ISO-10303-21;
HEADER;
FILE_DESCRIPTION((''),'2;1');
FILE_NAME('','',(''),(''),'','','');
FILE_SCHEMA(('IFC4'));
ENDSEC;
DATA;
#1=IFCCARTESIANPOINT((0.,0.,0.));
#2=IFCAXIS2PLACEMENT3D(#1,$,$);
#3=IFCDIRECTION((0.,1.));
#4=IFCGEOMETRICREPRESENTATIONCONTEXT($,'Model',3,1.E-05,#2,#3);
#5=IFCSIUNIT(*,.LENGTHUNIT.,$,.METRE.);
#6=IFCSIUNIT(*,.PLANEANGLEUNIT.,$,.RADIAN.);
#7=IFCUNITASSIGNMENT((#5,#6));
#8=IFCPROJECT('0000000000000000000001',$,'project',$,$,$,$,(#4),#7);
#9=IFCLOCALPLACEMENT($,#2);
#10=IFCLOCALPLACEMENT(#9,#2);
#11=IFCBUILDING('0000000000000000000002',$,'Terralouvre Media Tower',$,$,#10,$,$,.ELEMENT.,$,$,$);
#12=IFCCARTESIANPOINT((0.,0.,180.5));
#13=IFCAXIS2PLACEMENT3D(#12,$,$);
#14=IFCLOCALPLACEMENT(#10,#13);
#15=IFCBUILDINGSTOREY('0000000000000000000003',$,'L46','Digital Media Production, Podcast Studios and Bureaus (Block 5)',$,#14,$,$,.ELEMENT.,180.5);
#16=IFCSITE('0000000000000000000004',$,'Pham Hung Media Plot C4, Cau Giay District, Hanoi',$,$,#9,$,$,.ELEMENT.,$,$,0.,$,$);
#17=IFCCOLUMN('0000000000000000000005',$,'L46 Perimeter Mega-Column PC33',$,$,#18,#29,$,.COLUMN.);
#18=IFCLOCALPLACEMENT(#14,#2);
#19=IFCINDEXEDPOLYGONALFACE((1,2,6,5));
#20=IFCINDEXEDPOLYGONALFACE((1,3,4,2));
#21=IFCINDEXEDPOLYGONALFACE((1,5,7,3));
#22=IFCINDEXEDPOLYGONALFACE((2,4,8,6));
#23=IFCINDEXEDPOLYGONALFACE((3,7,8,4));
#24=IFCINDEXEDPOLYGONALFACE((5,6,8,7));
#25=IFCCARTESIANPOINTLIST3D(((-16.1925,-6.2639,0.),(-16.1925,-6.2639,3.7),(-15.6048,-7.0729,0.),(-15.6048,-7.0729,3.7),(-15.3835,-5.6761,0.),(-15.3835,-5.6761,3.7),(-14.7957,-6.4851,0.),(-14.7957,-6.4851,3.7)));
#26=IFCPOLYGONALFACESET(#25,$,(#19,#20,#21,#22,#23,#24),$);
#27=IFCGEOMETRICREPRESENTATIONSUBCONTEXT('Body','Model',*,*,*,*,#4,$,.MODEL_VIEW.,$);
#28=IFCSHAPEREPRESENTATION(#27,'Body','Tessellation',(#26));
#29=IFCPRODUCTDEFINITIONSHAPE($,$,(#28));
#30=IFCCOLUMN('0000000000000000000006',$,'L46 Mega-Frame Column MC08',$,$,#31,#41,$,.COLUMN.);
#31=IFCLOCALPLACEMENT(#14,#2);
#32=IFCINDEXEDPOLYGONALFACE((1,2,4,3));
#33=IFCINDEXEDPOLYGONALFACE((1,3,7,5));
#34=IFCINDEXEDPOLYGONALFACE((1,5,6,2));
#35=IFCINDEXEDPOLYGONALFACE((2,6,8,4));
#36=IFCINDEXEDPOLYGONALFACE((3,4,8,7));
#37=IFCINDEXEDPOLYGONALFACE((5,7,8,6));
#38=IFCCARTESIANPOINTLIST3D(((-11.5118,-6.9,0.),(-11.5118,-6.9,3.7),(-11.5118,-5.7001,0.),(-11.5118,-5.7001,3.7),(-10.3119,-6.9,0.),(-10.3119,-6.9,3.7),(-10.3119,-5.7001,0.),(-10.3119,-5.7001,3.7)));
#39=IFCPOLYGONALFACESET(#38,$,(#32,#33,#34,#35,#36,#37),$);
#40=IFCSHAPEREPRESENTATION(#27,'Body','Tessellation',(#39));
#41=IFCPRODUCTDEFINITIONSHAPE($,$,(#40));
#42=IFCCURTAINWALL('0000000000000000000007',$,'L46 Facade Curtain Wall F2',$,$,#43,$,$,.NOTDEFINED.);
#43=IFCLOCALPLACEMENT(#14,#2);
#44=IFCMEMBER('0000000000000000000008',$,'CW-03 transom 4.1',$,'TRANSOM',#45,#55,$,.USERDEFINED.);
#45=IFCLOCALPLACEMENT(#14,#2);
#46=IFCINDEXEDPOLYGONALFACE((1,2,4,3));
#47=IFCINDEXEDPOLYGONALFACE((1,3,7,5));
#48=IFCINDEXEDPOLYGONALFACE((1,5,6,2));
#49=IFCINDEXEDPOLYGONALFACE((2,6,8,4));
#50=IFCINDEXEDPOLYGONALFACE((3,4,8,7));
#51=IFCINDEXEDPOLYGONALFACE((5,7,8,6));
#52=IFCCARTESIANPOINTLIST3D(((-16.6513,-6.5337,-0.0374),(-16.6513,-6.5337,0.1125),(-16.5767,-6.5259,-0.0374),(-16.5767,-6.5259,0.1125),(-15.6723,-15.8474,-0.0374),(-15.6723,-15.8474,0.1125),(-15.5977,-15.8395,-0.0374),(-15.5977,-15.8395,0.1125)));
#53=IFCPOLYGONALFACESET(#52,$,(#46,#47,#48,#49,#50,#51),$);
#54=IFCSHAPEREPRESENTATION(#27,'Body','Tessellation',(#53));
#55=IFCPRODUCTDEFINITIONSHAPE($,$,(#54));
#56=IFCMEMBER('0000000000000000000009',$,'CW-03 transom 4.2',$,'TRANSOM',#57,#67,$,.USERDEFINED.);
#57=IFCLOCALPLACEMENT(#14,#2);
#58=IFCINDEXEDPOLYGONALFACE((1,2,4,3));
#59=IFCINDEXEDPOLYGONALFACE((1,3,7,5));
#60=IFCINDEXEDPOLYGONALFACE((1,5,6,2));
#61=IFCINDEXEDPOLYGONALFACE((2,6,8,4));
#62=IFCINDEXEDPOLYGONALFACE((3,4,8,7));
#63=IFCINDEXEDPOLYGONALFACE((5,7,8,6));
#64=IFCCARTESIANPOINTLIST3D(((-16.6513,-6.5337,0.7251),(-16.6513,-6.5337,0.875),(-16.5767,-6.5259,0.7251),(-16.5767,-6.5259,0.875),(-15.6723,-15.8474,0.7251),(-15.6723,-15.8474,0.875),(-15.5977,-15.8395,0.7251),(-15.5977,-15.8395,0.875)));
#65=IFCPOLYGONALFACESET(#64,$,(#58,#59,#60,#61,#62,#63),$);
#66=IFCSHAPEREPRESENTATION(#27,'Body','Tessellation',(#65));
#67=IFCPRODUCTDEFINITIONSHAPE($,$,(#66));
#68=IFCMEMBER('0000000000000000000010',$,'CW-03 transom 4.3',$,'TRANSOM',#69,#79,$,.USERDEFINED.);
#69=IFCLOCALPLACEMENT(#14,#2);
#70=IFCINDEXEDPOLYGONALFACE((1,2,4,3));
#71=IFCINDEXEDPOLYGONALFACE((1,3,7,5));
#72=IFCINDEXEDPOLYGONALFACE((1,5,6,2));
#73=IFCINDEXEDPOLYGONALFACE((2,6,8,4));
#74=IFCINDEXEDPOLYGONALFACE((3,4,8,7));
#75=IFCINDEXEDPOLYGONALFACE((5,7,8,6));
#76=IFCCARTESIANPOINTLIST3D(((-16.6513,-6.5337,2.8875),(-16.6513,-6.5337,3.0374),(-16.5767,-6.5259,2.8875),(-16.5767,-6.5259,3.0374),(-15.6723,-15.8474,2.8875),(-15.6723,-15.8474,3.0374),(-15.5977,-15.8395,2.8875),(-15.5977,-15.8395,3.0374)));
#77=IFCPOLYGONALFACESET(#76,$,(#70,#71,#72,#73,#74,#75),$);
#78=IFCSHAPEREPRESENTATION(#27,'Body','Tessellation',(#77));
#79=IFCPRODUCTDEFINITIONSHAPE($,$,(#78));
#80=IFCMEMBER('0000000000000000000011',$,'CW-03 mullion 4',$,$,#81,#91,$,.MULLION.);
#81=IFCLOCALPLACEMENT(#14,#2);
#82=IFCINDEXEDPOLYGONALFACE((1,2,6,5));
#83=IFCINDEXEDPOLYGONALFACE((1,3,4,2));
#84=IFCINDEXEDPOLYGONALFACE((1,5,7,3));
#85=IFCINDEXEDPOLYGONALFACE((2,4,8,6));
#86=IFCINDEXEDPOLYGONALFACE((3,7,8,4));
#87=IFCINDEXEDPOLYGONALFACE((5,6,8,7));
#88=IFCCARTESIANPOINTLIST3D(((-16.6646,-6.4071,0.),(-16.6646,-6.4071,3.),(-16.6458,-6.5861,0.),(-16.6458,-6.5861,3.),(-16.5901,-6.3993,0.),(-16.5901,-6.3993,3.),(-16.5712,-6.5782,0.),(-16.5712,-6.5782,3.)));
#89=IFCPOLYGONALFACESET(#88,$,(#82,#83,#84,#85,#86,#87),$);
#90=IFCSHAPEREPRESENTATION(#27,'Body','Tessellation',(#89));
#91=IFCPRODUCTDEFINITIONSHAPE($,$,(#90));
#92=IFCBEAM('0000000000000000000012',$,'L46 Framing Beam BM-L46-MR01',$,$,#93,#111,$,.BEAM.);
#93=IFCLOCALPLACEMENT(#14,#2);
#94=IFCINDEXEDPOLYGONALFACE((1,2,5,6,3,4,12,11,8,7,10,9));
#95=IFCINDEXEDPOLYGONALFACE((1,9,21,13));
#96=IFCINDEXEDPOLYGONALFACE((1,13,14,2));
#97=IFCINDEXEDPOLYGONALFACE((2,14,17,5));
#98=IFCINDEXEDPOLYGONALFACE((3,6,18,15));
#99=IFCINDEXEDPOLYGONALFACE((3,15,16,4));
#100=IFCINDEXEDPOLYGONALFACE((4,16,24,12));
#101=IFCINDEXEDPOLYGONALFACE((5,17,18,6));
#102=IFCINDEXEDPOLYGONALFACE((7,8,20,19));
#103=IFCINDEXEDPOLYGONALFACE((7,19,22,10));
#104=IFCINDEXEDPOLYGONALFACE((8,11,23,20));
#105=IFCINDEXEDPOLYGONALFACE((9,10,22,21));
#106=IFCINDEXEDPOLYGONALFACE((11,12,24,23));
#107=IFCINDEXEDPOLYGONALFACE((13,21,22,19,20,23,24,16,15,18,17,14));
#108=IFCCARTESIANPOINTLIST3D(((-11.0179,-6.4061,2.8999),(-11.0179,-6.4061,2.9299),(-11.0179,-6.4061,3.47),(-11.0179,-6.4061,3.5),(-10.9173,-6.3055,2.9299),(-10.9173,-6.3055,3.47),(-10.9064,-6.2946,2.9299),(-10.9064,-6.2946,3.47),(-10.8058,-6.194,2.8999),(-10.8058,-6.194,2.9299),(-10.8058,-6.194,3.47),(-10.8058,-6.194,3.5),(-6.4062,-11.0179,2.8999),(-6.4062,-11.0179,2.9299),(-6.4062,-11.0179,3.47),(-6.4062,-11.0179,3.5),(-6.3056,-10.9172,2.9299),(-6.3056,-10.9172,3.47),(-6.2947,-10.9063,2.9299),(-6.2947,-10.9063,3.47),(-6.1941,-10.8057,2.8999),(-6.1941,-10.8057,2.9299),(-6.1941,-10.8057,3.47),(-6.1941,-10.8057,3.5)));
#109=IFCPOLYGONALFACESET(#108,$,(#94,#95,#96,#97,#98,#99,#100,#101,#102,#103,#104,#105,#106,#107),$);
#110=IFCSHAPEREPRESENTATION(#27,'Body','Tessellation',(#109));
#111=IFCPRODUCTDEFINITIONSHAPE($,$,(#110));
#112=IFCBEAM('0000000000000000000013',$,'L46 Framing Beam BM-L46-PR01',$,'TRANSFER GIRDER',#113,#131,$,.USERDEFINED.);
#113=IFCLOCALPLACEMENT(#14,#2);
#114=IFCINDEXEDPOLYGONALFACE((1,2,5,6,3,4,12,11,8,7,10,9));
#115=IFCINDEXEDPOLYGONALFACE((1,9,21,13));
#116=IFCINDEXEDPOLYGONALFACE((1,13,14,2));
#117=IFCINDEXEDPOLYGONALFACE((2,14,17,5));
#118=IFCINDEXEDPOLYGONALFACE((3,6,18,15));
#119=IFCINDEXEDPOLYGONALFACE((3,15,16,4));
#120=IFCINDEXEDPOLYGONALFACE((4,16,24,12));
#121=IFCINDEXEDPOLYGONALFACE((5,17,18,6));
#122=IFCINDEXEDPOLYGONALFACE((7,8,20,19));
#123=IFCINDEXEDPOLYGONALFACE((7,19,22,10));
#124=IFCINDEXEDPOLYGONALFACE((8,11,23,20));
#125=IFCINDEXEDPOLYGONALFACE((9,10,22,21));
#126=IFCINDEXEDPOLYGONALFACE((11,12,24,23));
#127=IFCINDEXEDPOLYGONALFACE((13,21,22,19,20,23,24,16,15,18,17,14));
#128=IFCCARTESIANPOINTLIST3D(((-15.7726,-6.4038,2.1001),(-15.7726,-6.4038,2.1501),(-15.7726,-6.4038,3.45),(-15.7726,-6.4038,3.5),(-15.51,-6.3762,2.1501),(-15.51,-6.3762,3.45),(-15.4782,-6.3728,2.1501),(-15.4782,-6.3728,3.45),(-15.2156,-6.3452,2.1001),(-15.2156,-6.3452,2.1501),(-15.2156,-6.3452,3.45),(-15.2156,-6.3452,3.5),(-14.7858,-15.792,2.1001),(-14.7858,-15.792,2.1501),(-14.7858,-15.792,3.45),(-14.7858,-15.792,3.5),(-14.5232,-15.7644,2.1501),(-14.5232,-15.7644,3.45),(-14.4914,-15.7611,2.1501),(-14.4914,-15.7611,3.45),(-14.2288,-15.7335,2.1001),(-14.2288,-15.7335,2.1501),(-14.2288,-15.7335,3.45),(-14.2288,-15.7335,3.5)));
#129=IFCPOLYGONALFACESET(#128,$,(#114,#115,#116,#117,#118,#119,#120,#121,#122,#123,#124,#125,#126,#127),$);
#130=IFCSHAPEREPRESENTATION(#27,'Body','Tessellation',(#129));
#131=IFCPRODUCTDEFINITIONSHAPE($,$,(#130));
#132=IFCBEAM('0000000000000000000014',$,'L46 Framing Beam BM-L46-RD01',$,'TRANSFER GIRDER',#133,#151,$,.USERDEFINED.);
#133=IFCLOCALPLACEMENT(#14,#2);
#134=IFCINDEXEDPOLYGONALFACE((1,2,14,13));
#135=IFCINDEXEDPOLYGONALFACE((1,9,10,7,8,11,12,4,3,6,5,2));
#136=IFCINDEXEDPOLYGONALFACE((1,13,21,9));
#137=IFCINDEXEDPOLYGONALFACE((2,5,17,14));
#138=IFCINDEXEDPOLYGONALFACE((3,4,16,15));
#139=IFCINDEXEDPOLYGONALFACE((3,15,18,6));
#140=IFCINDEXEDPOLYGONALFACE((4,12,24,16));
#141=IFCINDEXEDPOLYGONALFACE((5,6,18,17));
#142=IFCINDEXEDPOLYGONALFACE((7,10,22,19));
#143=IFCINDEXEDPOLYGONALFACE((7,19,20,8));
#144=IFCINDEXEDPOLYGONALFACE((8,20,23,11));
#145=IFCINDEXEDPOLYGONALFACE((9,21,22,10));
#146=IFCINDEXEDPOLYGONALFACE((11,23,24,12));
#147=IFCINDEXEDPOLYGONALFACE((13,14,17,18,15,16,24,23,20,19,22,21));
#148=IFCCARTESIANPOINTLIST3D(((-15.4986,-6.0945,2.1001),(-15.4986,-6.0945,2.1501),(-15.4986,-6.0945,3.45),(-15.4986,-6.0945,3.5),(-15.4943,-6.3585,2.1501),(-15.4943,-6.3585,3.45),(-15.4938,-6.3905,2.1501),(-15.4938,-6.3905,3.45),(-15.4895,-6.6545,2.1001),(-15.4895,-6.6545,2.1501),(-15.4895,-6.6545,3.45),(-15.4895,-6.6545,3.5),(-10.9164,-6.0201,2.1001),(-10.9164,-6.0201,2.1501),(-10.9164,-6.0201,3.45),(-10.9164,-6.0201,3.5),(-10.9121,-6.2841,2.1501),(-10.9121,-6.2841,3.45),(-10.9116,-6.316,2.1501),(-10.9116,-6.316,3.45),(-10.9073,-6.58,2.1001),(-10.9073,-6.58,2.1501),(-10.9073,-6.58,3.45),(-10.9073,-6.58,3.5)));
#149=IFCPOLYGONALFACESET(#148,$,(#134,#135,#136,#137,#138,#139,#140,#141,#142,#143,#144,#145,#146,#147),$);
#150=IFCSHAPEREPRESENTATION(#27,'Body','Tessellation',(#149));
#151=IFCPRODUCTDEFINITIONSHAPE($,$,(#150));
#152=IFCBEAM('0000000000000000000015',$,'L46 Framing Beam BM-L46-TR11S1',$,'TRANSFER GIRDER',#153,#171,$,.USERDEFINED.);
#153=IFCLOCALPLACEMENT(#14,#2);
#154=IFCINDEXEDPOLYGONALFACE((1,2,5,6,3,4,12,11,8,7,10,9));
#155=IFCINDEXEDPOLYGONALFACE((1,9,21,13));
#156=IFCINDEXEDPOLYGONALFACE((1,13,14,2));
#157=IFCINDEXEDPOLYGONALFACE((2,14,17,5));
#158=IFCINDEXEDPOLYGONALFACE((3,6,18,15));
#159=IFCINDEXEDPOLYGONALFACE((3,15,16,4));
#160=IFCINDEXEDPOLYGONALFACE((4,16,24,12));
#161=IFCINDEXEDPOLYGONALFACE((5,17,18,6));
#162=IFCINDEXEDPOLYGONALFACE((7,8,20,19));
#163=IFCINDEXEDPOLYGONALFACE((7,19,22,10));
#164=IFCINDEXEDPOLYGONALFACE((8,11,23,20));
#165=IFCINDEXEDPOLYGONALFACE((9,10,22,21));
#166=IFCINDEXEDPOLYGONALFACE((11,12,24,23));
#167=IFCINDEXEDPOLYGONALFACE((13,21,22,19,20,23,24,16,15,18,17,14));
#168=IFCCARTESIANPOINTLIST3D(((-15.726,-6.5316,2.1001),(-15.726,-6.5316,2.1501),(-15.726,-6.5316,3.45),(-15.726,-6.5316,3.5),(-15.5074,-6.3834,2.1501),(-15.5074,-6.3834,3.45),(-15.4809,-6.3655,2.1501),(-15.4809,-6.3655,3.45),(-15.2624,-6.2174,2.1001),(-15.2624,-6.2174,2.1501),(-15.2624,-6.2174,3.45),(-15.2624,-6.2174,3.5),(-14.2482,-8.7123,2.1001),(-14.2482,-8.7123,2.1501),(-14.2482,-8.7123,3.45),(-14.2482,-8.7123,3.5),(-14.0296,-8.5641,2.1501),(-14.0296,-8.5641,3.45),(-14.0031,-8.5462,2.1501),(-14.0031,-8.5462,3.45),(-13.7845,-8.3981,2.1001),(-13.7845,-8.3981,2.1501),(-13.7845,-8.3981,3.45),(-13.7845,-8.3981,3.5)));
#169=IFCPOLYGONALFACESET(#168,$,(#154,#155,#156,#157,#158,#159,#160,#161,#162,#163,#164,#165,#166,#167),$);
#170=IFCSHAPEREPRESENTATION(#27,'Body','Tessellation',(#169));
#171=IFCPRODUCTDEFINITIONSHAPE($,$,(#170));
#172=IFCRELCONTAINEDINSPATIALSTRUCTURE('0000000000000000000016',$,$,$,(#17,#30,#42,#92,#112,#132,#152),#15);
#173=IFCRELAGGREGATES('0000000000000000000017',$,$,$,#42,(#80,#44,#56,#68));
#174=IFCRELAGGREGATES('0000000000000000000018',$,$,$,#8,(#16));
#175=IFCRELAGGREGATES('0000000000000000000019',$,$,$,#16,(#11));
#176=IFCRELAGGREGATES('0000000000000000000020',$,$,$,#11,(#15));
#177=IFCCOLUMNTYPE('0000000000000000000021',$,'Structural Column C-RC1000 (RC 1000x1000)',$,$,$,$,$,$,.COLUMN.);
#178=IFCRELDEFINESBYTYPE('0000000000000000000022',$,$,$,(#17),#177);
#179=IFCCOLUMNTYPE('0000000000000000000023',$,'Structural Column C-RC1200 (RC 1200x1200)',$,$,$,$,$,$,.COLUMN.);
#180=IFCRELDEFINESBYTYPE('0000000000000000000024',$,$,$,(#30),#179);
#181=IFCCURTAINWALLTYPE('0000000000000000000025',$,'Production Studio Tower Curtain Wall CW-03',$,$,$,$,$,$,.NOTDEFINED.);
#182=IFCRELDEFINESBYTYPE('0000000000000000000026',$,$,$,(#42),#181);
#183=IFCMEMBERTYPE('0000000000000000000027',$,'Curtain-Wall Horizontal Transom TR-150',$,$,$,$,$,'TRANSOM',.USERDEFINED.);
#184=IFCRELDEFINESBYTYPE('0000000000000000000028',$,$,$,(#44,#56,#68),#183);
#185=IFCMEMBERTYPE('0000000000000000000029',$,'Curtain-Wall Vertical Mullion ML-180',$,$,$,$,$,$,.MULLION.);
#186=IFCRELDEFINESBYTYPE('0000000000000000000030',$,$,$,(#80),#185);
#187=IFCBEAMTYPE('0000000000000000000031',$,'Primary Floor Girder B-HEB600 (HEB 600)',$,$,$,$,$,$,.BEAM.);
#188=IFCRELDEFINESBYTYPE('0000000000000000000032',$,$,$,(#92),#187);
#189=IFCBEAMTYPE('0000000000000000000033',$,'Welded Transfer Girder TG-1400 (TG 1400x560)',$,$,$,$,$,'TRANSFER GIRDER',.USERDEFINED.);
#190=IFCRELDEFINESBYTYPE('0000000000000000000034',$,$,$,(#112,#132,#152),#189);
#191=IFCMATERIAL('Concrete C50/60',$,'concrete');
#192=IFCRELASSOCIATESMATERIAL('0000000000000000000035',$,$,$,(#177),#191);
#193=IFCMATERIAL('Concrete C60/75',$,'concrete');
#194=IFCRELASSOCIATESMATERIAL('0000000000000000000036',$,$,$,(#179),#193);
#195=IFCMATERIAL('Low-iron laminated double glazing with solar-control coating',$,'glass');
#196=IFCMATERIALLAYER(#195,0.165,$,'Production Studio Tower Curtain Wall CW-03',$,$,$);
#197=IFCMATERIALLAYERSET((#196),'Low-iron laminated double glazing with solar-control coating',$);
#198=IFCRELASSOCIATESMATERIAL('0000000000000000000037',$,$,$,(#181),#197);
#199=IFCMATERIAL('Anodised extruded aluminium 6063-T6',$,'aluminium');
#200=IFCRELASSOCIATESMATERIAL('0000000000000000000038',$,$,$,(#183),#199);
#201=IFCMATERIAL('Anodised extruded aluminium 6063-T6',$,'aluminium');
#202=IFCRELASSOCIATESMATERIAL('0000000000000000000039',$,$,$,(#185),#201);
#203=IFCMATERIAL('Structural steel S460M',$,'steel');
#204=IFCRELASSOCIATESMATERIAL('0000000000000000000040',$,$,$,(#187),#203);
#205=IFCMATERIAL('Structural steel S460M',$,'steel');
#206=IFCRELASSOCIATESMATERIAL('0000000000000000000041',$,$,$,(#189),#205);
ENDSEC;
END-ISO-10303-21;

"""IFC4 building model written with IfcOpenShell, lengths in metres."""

from ifc_helpers import new_model, si_unit, direction, frame, origin, origin_2d, place, context, subcontext, project, spatial, rectangle, i_section, extrude, material, layer, layer_set, material_profile, profile_set, type_object, element, aggregate, save


model = new_model("IFC4")

# Units and contexts
model_context = context("Model", 3, precision=1e-05, world=origin(), true_north=direction((0.0, 1.0)))
body_context = subcontext(model_context, "Body", "Model", "MODEL_VIEW")
ifc_project = project(units=[si_unit("LENGTHUNIT", "METRE"), si_unit("PLANEANGLEUNIT", "RADIAN")], contexts=[model_context])

# Site, building, storey
site_placement = place(None, origin())
site = spatial("IfcSite", under=ifc_project, at=site_placement, Name="Pham Hung Media Plot C4, Cau Giay District, Hanoi", CompositionType="ELEMENT", RefElevation=0.0)
building_placement = place(site_placement, origin())
building = spatial("IfcBuilding", under=site, at=building_placement, Name="Terralouvre Media Tower", CompositionType="ELEMENT")
storey_placement = place(building_placement, frame((0.0, 0.0, 180.5)))
storey = spatial("IfcBuildingStorey", under=building, at=storey_placement, Name="L46", Description="Digital Media Production, Podcast Studios and Bureaus (Block 5)", CompositionType="ELEMENT", Elevation=180.5)

# Columns
ifc_material_1 = material(Name="Concrete C50/60", Category="concrete")
ifc_material_profile_1 = material_profile(ifc_material_1, rectangle(XDim=1.0, YDim=1.0, at=origin_2d()), Name="RC 1000x1000")
ifc_profile_set_1 = profile_set([ifc_material_profile_1], Name="Concrete C50/60")
column_type_1 = type_object("IfcColumnType", Name="Structural Column C-RC1000 (RC 1000x1000)", PredefinedType="COLUMN", material=ifc_profile_set_1)
column_1_placement = place(storey_placement, frame((-15.4941, -6.3745, 0.0), z_axis=(0.0, 0.0, 1.0), x_axis=(0.809017, 0.587785, 0.0)))
element("IfcColumn", 1, at=column_1_placement, inside=storey, type_object=column_type_1, Name="L46 Perimeter Mega-Column PC33", PredefinedType="COLUMN", context=body_context, shape_type="SweptSolid", body=[
    extrude(rectangle(XDim=1.0, YDim=1.0, at=origin_2d()), origin(), (0.0, 0.0, 1.0), 3.7),
])
ifc_material_2 = material(Name="Concrete C60/75", Category="concrete")
ifc_material_profile_2 = material_profile(ifc_material_2, rectangle(XDim=1.2, YDim=1.2, at=origin_2d()), Name="RC 1200x1200")
ifc_profile_set_2 = profile_set([ifc_material_profile_2], Name="Concrete C60/75")
column_type_2 = type_object("IfcColumnType", Name="Structural Column C-RC1200 (RC 1200x1200)", PredefinedType="COLUMN", material=ifc_profile_set_2)
column_2_placement = place(storey_placement, frame((-10.9119, -6.3, 0.0), z_axis=(0.0, 0.0, 1.0), x_axis=(1.0, 0.0, 0.0)))
element("IfcColumn", 2, at=column_2_placement, inside=storey, type_object=column_type_2, Name="L46 Mega-Frame Column MC08", PredefinedType="COLUMN", context=body_context, shape_type="SweptSolid", body=[
    extrude(rectangle(XDim=1.2, YDim=1.2, at=origin_2d()), origin(), (0.0, 0.0, 1.0), 3.7),
])

# Curtain wall, members
ifc_material_3 = material(Name="Low-iron laminated double glazing with solar-control coating", Category="glass")
ifc_layer_1 = layer(ifc_material_3, 0.165, Name="Production Studio Tower Curtain Wall CW-03")
ifc_layer_set_1 = layer_set([ifc_layer_1], Name="Low-iron laminated double glazing with solar-control coating")
curtain_wall_type = type_object("IfcCurtainWallType", Name="Production Studio Tower Curtain Wall CW-03", PredefinedType="NOTDEFINED", material=ifc_layer_set_1)
curtain_wall_placement = place(storey_placement, origin())
curtain_wall = element("IfcCurtainWall", 3, at=curtain_wall_placement, inside=storey, type_object=curtain_wall_type, Name="L46 Facade Curtain Wall F2", PredefinedType="NOTDEFINED")
ifc_material_4 = material(Name="Anodised extruded aluminium 6063-T6", Category="aluminium")
ifc_material_profile_3 = material_profile(ifc_material_4, rectangle(XDim=0.075, YDim=0.1499, at=origin_2d()), Name="ALU 75x150")
ifc_profile_set_3 = profile_set([ifc_material_profile_3], Name="Anodised extruded aluminium 6063-T6")
member_type_1 = type_object("IfcMemberType", Name="Curtain-Wall Horizontal Transom TR-150", ElementType="TRANSOM", PredefinedType="USERDEFINED", material=ifc_profile_set_3)
member_1_placement = place(storey_placement, frame((-16.614, -6.5298, 0.0376), z_axis=(0.104538, -0.994521, 0.0), x_axis=(0.994521, 0.104538, 0.0)))
member_1 = element("IfcMember", 4, at=member_1_placement, type_object=member_type_1, Name="CW-03 transom 4.1", ObjectType="TRANSOM", PredefinedType="USERDEFINED", context=body_context, shape_type="SweptSolid", body=[
    extrude(rectangle(XDim=0.075, YDim=0.1499, at=origin_2d()), origin(), (0.0, 0.0, 1.0), 9.365),
])
member_2_placement = place(storey_placement, frame((-16.614, -6.5298, 0.8), z_axis=(0.104538, -0.994521, 0.0), x_axis=(0.994521, 0.104538, 0.0)))
member_2 = element("IfcMember", 5, at=member_2_placement, type_object=member_type_1, Name="CW-03 transom 4.2", ObjectType="TRANSOM", PredefinedType="USERDEFINED", context=body_context, shape_type="SweptSolid", body=[
    extrude(rectangle(XDim=0.075, YDim=0.1499, at=origin_2d()), origin(), (0.0, 0.0, 1.0), 9.365),
])
member_3_placement = place(storey_placement, frame((-16.614, -6.5298, 2.9624), z_axis=(0.104538, -0.994521, 0.0), x_axis=(0.994521, 0.104538, 0.0)))
member_3 = element("IfcMember", 6, at=member_3_placement, type_object=member_type_1, Name="CW-03 transom 4.3", ObjectType="TRANSOM", PredefinedType="USERDEFINED", context=body_context, shape_type="SweptSolid", body=[
    extrude(rectangle(XDim=0.075, YDim=0.1499, at=origin_2d()), origin(), (0.0, 0.0, 1.0), 9.365),
])
ifc_material_5 = material(Name="Anodised extruded aluminium 6063-T6", Category="aluminium")
ifc_material_profile_4 = material_profile(ifc_material_5, rectangle(XDim=0.075, YDim=0.1799, at=origin_2d()), Name="ALU 75x180")
ifc_profile_set_4 = profile_set([ifc_material_profile_4], Name="Anodised extruded aluminium 6063-T6")
member_type_2 = type_object("IfcMemberType", Name="Curtain-Wall Vertical Mullion ML-180", PredefinedType="MULLION", material=ifc_profile_set_4)
member_4_placement = place(storey_placement, frame((-16.6179, -6.4927, 0.0), z_axis=(0.0, 0.0, 1.0), x_axis=(0.994522, 0.104528, 0.0)))
member_4 = element("IfcMember", 7, at=member_4_placement, type_object=member_type_2, Name="CW-03 mullion 4", PredefinedType="MULLION", context=body_context, shape_type="SweptSolid", body=[
    extrude(rectangle(XDim=0.075, YDim=0.1799, at=origin_2d()), origin(), (0.0, 0.0, 1.0), 3.0),
])

# Beams
ifc_material_6 = material(Name="Structural steel S460M", Category="steel")
ifc_material_profile_5 = material_profile(ifc_material_6, i_section(OverallWidth=0.3, OverallDepth=0.6001, WebThickness=0.0154, FlangeThickness=0.03, at=origin_2d()), Name="HEB 600")
ifc_profile_set_5 = profile_set([ifc_material_profile_5], Name="Structural steel S460M")
beam_type_1 = type_object("IfcBeamType", Name="Primary Floor Girder B-HEB600 (HEB 600)", PredefinedType="BEAM", material=ifc_profile_set_5)
beam_1_placement = place(storey_placement, frame((-10.9119, -6.3, 3.2), z_axis=(0.707107, -0.707107, 0.0), x_axis=(0.707107, 0.707107, 0.0)))
element("IfcBeam", 8, at=beam_1_placement, inside=storey, type_object=beam_type_1, Name="L46 Framing Beam BM-L46-MR01", PredefinedType="BEAM", context=body_context, shape_type="SweptSolid", body=[
    extrude(i_section(OverallWidth=0.3, OverallDepth=0.6001, WebThickness=0.0154, FlangeThickness=0.03, at=origin_2d()), origin(), (0.0, 0.0, 1.0), 6.522),
])
ifc_material_7 = material(Name="Structural steel S460M", Category="steel")
ifc_material_profile_6 = material_profile(ifc_material_7, i_section(OverallWidth=0.5601, OverallDepth=1.3999, WebThickness=0.032, FlangeThickness=0.05, at=origin_2d()), Name="TG 1400x560")
ifc_profile_set_6 = profile_set([ifc_material_profile_6], Name="Structural steel S460M")
beam_type_2 = type_object("IfcBeamType", Name="Welded Transfer Girder TG-1400 (TG 1400x560)", ElementType="TRANSFER GIRDER", PredefinedType="USERDEFINED", material=ifc_profile_set_6)
beam_2_placement = place(storey_placement, frame((-15.4941, -6.3745, 2.8), z_axis=(0.104537, -0.994521, 0.0), x_axis=(0.994521, 0.104537, 0.0)))
element("IfcBeam", 9, at=beam_2_placement, inside=storey, type_object=beam_type_2, Name="L46 Framing Beam BM-L46-PR01", ObjectType="TRANSFER GIRDER", PredefinedType="USERDEFINED", context=body_context, shape_type="SweptSolid", body=[
    extrude(i_section(OverallWidth=0.5601, OverallDepth=1.3999, WebThickness=0.032, FlangeThickness=0.05, at=origin_2d()), origin(), (0.0, 0.0, 1.0), 9.4399),
])
beam_3_placement = place(storey_placement, frame((-10.9119, -6.3, 2.8), z_axis=(-0.999868, -0.016248, 0.0), x_axis=(0.016248, -0.999868, 0.0)))
element("IfcBeam", 10, at=beam_3_placement, inside=storey, type_object=beam_type_2, Name="L46 Framing Beam BM-L46-RD01", ObjectType="TRANSFER GIRDER", PredefinedType="USERDEFINED", context=body_context, shape_type="SweptSolid", body=[
    extrude(i_section(OverallWidth=0.5601, OverallDepth=1.3999, WebThickness=0.032, FlangeThickness=0.05, at=origin_2d()), origin(), (0.0, 0.0, 1.0), 4.5828),
])
beam_4_placement = place(storey_placement, frame((-14.0164, -8.5552, 2.8), z_axis=(-0.560994, 0.82782, 0.0), x_axis=(-0.82782, -0.560994, 0.0)))
element("IfcBeam", 11, at=beam_4_placement, inside=storey, type_object=beam_type_2, Name="L46 Framing Beam BM-L46-TR11S1", ObjectType="TRANSFER GIRDER", PredefinedType="USERDEFINED", context=body_context, shape_type="SweptSolid", body=[
    extrude(i_section(OverallWidth=0.5601, OverallDepth=1.3999, WebThickness=0.032, FlangeThickness=0.05, at=origin_2d()), origin(), (0.0, 0.0, 1.0), 2.6343),
])

aggregate(curtain_wall, [member_4, member_1, member_2, member_3])

save(model, "model.ifc")
